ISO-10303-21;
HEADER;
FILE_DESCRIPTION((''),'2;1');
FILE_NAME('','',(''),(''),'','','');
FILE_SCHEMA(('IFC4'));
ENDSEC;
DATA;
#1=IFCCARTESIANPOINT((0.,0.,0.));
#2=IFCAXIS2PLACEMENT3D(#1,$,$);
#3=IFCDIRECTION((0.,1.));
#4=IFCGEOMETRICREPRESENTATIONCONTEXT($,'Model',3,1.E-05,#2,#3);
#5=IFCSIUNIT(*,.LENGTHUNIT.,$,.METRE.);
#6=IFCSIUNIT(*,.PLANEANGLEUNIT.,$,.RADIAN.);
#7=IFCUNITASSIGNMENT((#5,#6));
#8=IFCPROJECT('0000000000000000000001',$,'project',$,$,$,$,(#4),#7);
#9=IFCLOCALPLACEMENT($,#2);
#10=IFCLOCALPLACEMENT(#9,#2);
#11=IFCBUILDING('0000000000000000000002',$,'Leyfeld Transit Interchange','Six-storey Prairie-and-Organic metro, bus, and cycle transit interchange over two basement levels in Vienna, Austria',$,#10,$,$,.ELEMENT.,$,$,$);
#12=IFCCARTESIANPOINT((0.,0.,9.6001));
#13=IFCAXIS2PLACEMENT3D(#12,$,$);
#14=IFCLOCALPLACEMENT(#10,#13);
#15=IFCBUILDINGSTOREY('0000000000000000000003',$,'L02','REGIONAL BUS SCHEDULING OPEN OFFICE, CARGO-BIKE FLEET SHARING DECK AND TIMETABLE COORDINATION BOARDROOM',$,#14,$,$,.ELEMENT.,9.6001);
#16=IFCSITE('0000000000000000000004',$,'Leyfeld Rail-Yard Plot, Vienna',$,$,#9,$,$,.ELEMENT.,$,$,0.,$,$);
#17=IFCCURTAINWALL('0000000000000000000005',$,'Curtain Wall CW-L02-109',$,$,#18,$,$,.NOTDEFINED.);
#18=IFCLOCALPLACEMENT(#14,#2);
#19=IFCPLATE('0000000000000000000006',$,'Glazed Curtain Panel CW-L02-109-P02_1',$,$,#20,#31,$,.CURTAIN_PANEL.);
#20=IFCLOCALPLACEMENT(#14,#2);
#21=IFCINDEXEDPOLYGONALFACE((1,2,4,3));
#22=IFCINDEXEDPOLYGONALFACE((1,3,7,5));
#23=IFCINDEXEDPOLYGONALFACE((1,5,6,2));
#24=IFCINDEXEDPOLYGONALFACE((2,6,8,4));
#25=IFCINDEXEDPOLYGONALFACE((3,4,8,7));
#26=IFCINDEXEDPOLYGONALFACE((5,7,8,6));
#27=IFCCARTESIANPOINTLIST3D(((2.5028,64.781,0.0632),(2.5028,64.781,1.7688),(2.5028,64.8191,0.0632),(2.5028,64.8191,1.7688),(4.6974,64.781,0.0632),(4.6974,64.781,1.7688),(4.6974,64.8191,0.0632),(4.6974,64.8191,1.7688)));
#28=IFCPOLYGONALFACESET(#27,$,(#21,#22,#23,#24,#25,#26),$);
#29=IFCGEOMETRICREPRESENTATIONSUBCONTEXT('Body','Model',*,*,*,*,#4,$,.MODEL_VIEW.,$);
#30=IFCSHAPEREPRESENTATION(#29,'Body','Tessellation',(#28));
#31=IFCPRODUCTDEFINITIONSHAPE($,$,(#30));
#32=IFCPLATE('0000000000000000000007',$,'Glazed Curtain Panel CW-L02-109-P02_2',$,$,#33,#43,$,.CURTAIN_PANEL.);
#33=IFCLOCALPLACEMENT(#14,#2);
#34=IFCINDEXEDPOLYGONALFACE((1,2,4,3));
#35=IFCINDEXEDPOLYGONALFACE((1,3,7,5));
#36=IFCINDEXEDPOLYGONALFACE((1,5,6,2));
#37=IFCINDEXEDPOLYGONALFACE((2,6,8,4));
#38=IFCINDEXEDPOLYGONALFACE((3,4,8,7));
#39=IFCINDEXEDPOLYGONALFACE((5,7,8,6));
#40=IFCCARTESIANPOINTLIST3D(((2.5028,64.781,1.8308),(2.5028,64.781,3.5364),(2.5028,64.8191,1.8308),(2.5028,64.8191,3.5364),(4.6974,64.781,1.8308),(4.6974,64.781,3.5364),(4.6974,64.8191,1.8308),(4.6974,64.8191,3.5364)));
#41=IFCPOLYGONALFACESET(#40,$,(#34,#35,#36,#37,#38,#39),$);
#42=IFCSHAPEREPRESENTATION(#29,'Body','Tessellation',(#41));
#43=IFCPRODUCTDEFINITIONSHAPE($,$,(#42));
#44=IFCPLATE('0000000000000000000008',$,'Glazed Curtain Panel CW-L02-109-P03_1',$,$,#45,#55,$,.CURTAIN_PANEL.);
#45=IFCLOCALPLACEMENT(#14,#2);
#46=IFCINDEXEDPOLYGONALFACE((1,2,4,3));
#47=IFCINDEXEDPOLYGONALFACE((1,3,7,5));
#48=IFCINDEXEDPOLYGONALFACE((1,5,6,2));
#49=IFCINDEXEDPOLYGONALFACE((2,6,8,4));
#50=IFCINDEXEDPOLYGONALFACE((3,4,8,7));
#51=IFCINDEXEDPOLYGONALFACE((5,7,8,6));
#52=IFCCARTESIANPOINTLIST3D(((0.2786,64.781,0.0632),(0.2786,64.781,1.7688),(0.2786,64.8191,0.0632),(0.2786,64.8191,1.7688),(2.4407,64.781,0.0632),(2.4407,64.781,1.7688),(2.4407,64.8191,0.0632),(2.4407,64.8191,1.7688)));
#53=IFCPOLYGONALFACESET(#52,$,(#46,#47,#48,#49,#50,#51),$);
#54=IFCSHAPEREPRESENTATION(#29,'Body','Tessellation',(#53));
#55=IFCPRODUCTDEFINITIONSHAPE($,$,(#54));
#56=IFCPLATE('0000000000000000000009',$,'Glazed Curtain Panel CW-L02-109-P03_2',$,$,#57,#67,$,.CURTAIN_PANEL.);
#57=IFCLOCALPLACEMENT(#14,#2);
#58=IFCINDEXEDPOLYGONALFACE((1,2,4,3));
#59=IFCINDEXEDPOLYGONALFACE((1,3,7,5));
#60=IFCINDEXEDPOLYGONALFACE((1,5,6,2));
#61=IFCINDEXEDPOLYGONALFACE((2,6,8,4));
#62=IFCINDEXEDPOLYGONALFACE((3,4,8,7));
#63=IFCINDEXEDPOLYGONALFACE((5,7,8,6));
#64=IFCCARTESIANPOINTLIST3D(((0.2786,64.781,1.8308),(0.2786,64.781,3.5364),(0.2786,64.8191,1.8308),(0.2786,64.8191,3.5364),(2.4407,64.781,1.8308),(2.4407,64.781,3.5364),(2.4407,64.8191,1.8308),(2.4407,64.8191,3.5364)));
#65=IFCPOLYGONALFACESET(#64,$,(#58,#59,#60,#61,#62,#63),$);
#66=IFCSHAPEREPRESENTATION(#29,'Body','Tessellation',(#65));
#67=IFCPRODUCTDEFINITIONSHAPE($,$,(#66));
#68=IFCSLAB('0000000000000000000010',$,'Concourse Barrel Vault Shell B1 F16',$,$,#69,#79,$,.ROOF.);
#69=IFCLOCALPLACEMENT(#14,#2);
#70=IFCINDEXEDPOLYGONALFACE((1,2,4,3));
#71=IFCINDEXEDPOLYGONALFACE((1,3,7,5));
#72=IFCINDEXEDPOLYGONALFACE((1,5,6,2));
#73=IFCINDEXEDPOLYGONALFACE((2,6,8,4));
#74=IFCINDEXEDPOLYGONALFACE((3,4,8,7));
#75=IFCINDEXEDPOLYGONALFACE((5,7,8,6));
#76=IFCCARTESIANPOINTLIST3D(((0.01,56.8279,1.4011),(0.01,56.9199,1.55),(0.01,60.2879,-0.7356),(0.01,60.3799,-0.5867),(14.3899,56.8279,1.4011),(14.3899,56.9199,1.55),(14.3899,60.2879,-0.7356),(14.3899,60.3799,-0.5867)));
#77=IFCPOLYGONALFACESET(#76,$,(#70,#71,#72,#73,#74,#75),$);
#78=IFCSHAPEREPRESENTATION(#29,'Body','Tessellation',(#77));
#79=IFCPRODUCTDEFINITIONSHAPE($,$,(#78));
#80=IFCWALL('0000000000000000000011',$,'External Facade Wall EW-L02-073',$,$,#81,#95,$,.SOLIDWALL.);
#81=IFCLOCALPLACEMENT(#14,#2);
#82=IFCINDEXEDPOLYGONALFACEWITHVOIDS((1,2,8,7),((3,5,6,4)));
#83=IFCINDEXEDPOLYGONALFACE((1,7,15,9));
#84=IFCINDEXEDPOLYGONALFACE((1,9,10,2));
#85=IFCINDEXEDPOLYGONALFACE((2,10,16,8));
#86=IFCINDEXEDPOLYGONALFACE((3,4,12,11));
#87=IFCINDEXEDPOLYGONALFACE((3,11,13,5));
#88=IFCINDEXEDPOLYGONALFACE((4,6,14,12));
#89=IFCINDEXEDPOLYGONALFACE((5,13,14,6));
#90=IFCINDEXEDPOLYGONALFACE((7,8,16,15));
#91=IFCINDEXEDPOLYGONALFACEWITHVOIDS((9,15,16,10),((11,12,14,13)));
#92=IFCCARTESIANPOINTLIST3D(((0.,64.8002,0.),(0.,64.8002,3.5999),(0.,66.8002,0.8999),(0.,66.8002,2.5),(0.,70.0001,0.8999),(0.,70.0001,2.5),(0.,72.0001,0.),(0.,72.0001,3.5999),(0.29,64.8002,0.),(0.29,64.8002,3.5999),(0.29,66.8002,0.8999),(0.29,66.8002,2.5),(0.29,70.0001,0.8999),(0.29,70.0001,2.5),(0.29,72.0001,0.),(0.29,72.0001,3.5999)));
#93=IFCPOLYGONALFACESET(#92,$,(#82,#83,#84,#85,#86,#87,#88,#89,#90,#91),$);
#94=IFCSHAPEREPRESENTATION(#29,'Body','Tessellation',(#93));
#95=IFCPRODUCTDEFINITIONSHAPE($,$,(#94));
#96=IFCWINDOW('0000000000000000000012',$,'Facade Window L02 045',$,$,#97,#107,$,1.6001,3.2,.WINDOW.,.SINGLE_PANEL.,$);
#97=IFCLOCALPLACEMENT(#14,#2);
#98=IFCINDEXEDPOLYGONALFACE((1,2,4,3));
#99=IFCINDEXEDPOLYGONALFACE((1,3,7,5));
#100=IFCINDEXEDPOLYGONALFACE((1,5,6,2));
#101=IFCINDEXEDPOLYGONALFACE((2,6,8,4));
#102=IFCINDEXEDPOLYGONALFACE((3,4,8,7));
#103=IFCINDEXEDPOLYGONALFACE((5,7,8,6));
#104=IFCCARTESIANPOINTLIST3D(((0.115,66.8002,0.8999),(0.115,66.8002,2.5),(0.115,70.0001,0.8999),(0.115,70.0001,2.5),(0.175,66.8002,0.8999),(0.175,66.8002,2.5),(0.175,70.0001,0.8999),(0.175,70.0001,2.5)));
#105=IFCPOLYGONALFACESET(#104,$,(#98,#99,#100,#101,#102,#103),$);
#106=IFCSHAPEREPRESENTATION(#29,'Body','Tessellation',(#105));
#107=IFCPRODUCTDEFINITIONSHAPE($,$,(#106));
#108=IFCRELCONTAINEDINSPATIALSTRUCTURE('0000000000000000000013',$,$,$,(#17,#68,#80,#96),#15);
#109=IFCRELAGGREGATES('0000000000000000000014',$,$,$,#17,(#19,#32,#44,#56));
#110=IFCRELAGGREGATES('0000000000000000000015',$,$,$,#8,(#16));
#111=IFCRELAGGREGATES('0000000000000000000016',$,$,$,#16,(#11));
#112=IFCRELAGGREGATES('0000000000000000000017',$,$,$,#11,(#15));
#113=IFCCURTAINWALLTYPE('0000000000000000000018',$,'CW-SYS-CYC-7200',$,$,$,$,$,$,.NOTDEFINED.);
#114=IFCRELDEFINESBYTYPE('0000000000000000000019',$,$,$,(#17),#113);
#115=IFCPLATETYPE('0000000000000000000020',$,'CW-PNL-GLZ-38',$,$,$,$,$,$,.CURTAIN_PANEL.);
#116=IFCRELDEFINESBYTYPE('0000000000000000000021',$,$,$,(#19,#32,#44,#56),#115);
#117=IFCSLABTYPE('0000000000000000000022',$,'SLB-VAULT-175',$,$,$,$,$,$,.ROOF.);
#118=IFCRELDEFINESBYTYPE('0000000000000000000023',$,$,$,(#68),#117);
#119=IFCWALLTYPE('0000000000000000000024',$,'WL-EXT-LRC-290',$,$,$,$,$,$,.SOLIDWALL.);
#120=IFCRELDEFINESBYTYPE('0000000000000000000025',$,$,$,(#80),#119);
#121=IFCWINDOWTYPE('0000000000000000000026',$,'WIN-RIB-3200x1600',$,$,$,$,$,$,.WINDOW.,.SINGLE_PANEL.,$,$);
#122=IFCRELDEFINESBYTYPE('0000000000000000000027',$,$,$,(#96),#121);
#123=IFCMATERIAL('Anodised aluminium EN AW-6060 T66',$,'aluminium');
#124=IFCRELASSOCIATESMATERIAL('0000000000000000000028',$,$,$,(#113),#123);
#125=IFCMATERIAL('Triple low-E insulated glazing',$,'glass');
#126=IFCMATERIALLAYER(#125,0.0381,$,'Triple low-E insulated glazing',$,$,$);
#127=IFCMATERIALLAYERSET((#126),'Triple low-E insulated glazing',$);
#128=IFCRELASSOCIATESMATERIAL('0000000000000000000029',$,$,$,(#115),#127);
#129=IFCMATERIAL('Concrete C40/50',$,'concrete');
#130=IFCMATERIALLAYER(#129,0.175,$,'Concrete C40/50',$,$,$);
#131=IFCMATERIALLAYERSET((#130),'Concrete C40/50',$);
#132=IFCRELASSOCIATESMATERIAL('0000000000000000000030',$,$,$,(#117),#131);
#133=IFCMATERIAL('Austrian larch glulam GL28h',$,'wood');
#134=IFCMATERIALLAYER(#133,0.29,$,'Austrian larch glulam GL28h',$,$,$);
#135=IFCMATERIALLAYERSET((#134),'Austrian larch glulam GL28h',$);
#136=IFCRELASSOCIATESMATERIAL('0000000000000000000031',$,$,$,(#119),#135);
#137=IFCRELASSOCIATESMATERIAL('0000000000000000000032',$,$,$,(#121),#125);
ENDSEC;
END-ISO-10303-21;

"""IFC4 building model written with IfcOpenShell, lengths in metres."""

from ifc_helpers import new_model, si_unit, direction, frame, frame_2d, origin, origin_2d, place, context, subcontext, project, spatial, polyline, rectangle, outline, extrude, material, layer, layer_set, type_object, element, fill, aggregate, save


model = new_model("IFC4")

# Units and contexts
model_context = context("Model", 3, precision=1e-05, world=origin(), true_north=direction((0.0, 1.0)))
body_context = subcontext(model_context, "Body", "Model", "MODEL_VIEW")
ifc_project = project(units=[si_unit("LENGTHUNIT", "METRE"), si_unit("PLANEANGLEUNIT", "RADIAN")], contexts=[model_context])

# Site, building, storey
site_placement = place(None, origin())
site = spatial("IfcSite", under=ifc_project, at=site_placement, Name="Leyfeld Rail-Yard Plot, Vienna", CompositionType="ELEMENT", RefElevation=0.0)
building_placement = place(site_placement, origin())
building = spatial("IfcBuilding", under=site, at=building_placement, Name="Leyfeld Transit Interchange", Description="Six-storey Prairie-and-Organic metro, bus, and cycle transit interchange over two basement levels in Vienna, Austria", CompositionType="ELEMENT")
storey_placement = place(building_placement, frame((0.0, 0.0, 9.6001)))
storey = spatial("IfcBuildingStorey", under=building, at=storey_placement, Name="L02", Description="REGIONAL BUS SCHEDULING OPEN OFFICE, CARGO-BIKE FLEET SHARING DECK AND TIMETABLE COORDINATION BOARDROOM", CompositionType="ELEMENT", Elevation=9.6001)

# Shared definitions
ifc_material_1 = material(Name="Concrete C40/50", Category="concrete")

# Curtain wall
ifc_material_2 = material(Name="Anodised aluminium EN AW-6060 T66", Category="aluminium")
curtain_wall_type = type_object("IfcCurtainWallType", Name="CW-SYS-CYC-7200", PredefinedType="NOTDEFINED", material=ifc_material_2)
curtain_wall_placement = place(storey_placement, origin())
curtain_wall = element("IfcCurtainWall", 1, at=curtain_wall_placement, inside=storey, type_object=curtain_wall_type, Name="Curtain Wall CW-L02-109", PredefinedType="NOTDEFINED")

# Plates
ifc_material_3 = material(Name="Triple low-E insulated glazing", Category="glass")
ifc_layer_1 = layer(ifc_material_3, 0.0381, Name="Triple low-E insulated glazing")
ifc_layer_set_1 = layer_set([ifc_layer_1], Name="Triple low-E insulated glazing")
plate_type = type_object("IfcPlateType", Name="CW-PNL-GLZ-38", PredefinedType="CURTAIN_PANEL", material=ifc_layer_set_1)
plate_1_placement = place(storey_placement, frame((3.6001, 64.8, 0.0632), z_axis=(0.0, 0.0, 1.0), x_axis=(-1.0, 0.0, 0.0)))
plate_1 = element("IfcPlate", 2, at=plate_1_placement, type_object=plate_type, Name="Glazed Curtain Panel CW-L02-109-P02_1", PredefinedType="CURTAIN_PANEL", context=body_context, shape_type="SweptSolid", body=[
    extrude(rectangle(XDim=2.1946, YDim=0.0381, at=origin_2d()), origin(), (0.0, 0.0, 1.0), 1.7056),
])
plate_2_placement = place(storey_placement, frame((3.6001, 64.8, 1.8308), z_axis=(0.0, 0.0, 1.0), x_axis=(-1.0, 0.0, 0.0)))
plate_2 = element("IfcPlate", 3, at=plate_2_placement, type_object=plate_type, Name="Glazed Curtain Panel CW-L02-109-P02_2", PredefinedType="CURTAIN_PANEL", context=body_context, shape_type="SweptSolid", body=[
    extrude(rectangle(XDim=2.1946, YDim=0.0381, at=origin_2d()), origin(), (0.0, 0.0, 1.0), 1.7056),
])
plate_3_placement = place(storey_placement, frame((1.3596, 64.8, 0.0632), z_axis=(0.0, 0.0, 1.0), x_axis=(-1.0, 0.0, 0.0)))
plate_3 = element("IfcPlate", 4, at=plate_3_placement, type_object=plate_type, Name="Glazed Curtain Panel CW-L02-109-P03_1", PredefinedType="CURTAIN_PANEL", context=body_context, shape_type="SweptSolid", body=[
    extrude(rectangle(XDim=2.1621, YDim=0.0381, at=origin_2d()), origin(), (0.0, 0.0, 1.0), 1.7056),
])
plate_4_placement = place(storey_placement, frame((1.3596, 64.8, 1.8308), z_axis=(0.0, 0.0, 1.0), x_axis=(-1.0, 0.0, 0.0)))
plate_4 = element("IfcPlate", 5, at=plate_4_placement, type_object=plate_type, Name="Glazed Curtain Panel CW-L02-109-P03_2", PredefinedType="CURTAIN_PANEL", context=body_context, shape_type="SweptSolid", body=[
    extrude(rectangle(XDim=2.1621, YDim=0.0381, at=origin_2d()), origin(), (0.0, 0.0, 1.0), 1.7056),
])
aggregate(curtain_wall, [plate_1, plate_2, plate_3, plate_4])

# Slab
ifc_layer_2 = layer(ifc_material_1, 0.175, Name="Concrete C40/50")
ifc_layer_set_2 = layer_set([ifc_layer_2], Name="Concrete C40/50")
slab_type = type_object("IfcSlabType", Name="SLB-VAULT-175", PredefinedType="ROOF", material=ifc_layer_set_2)
slab_placement = place(storey_placement, frame((0.01, 56.9199, 1.55), z_axis=(0.0, 0.525437, 0.850833), x_axis=(1.0, 0.0, 0.0)))
element("IfcSlab", 6, at=slab_placement, inside=storey, type_object=slab_type, Name="Concourse Barrel Vault Shell B1 F16", PredefinedType="ROOF", context=body_context, shape_type="SweptSolid", body=[
    extrude(outline(polyline([(0.0, 0.0), (14.3799, 0.0), (14.3799, 4.0666), (0.0, 4.0666), (0.0, 0.0)])), origin(), (0.0, 0.0, -1.0), 0.175),
])

# Wall, opening, window
ifc_material_4 = material(Name="Austrian larch glulam GL28h", Category="wood")
ifc_layer_3 = layer(ifc_material_4, 0.29, Name="Austrian larch glulam GL28h")
ifc_layer_set_3 = layer_set([ifc_layer_3], Name="Austrian larch glulam GL28h")
wall_type = type_object("IfcWallType", Name="WL-EXT-LRC-290", PredefinedType="SOLIDWALL", material=ifc_layer_set_3)
wall_placement = place(storey_placement, frame((0.145, 64.8, 0.0), z_axis=(0.0, 0.0, 1.0), x_axis=(0.0, 1.0, 0.0)))
wall = element("IfcWall", 7, at=wall_placement, inside=storey, type_object=wall_type, Name="External Facade Wall EW-L02-073", PredefinedType="SOLIDWALL", context=body_context, shape_type="SweptSolid", body=[
    extrude(rectangle(XDim=7.2, YDim=0.29, at=frame_2d((3.6001, 0.0))), origin(), (0.0, 0.0, 1.0), 3.5999),
])
opening_placement = place(wall_placement, frame((2.0, 0.0, 0.8999)))
opening = element("IfcOpeningElement", 8, at=opening_placement, cuts=wall, PredefinedType="OPENING", context=body_context, shape_type="SweptSolid", body=[
    extrude(rectangle(XDim=3.2, YDim=1.6001, at=frame_2d((1.6001, 0.8))), frame((0.0, 0.155, 0.0), z_axis=(0.0, -1.0, 0.0), x_axis=(1.0, 0.0, 0.0)), (0.0, 0.0, 1.0), 0.3101),
])
window_type = type_object("IfcWindowType", Name="WIN-RIB-3200x1600", PartitioningType="SINGLE_PANEL", PredefinedType="WINDOW", material=ifc_material_3)
window_placement = place(opening_placement, origin())
window = element("IfcWindow", 9, at=window_placement, inside=storey, type_object=window_type, Name="Facade Window L02 045", OverallHeight=1.6001, OverallWidth=3.2, PartitioningType="SINGLE_PANEL", PredefinedType="WINDOW", context=body_context, shape_type="SweptSolid", body=[
    extrude(rectangle(XDim=3.2, YDim=1.6001, at=frame_2d((1.6001, 0.8))), frame((0.0, 0.03, 0.0), z_axis=(0.0, -1.0, 0.0), x_axis=(1.0, 0.0, 0.0)), (0.0, 0.0, 1.0), 0.0601),
])
fill(opening, window)

save(model, "model.ifc")
